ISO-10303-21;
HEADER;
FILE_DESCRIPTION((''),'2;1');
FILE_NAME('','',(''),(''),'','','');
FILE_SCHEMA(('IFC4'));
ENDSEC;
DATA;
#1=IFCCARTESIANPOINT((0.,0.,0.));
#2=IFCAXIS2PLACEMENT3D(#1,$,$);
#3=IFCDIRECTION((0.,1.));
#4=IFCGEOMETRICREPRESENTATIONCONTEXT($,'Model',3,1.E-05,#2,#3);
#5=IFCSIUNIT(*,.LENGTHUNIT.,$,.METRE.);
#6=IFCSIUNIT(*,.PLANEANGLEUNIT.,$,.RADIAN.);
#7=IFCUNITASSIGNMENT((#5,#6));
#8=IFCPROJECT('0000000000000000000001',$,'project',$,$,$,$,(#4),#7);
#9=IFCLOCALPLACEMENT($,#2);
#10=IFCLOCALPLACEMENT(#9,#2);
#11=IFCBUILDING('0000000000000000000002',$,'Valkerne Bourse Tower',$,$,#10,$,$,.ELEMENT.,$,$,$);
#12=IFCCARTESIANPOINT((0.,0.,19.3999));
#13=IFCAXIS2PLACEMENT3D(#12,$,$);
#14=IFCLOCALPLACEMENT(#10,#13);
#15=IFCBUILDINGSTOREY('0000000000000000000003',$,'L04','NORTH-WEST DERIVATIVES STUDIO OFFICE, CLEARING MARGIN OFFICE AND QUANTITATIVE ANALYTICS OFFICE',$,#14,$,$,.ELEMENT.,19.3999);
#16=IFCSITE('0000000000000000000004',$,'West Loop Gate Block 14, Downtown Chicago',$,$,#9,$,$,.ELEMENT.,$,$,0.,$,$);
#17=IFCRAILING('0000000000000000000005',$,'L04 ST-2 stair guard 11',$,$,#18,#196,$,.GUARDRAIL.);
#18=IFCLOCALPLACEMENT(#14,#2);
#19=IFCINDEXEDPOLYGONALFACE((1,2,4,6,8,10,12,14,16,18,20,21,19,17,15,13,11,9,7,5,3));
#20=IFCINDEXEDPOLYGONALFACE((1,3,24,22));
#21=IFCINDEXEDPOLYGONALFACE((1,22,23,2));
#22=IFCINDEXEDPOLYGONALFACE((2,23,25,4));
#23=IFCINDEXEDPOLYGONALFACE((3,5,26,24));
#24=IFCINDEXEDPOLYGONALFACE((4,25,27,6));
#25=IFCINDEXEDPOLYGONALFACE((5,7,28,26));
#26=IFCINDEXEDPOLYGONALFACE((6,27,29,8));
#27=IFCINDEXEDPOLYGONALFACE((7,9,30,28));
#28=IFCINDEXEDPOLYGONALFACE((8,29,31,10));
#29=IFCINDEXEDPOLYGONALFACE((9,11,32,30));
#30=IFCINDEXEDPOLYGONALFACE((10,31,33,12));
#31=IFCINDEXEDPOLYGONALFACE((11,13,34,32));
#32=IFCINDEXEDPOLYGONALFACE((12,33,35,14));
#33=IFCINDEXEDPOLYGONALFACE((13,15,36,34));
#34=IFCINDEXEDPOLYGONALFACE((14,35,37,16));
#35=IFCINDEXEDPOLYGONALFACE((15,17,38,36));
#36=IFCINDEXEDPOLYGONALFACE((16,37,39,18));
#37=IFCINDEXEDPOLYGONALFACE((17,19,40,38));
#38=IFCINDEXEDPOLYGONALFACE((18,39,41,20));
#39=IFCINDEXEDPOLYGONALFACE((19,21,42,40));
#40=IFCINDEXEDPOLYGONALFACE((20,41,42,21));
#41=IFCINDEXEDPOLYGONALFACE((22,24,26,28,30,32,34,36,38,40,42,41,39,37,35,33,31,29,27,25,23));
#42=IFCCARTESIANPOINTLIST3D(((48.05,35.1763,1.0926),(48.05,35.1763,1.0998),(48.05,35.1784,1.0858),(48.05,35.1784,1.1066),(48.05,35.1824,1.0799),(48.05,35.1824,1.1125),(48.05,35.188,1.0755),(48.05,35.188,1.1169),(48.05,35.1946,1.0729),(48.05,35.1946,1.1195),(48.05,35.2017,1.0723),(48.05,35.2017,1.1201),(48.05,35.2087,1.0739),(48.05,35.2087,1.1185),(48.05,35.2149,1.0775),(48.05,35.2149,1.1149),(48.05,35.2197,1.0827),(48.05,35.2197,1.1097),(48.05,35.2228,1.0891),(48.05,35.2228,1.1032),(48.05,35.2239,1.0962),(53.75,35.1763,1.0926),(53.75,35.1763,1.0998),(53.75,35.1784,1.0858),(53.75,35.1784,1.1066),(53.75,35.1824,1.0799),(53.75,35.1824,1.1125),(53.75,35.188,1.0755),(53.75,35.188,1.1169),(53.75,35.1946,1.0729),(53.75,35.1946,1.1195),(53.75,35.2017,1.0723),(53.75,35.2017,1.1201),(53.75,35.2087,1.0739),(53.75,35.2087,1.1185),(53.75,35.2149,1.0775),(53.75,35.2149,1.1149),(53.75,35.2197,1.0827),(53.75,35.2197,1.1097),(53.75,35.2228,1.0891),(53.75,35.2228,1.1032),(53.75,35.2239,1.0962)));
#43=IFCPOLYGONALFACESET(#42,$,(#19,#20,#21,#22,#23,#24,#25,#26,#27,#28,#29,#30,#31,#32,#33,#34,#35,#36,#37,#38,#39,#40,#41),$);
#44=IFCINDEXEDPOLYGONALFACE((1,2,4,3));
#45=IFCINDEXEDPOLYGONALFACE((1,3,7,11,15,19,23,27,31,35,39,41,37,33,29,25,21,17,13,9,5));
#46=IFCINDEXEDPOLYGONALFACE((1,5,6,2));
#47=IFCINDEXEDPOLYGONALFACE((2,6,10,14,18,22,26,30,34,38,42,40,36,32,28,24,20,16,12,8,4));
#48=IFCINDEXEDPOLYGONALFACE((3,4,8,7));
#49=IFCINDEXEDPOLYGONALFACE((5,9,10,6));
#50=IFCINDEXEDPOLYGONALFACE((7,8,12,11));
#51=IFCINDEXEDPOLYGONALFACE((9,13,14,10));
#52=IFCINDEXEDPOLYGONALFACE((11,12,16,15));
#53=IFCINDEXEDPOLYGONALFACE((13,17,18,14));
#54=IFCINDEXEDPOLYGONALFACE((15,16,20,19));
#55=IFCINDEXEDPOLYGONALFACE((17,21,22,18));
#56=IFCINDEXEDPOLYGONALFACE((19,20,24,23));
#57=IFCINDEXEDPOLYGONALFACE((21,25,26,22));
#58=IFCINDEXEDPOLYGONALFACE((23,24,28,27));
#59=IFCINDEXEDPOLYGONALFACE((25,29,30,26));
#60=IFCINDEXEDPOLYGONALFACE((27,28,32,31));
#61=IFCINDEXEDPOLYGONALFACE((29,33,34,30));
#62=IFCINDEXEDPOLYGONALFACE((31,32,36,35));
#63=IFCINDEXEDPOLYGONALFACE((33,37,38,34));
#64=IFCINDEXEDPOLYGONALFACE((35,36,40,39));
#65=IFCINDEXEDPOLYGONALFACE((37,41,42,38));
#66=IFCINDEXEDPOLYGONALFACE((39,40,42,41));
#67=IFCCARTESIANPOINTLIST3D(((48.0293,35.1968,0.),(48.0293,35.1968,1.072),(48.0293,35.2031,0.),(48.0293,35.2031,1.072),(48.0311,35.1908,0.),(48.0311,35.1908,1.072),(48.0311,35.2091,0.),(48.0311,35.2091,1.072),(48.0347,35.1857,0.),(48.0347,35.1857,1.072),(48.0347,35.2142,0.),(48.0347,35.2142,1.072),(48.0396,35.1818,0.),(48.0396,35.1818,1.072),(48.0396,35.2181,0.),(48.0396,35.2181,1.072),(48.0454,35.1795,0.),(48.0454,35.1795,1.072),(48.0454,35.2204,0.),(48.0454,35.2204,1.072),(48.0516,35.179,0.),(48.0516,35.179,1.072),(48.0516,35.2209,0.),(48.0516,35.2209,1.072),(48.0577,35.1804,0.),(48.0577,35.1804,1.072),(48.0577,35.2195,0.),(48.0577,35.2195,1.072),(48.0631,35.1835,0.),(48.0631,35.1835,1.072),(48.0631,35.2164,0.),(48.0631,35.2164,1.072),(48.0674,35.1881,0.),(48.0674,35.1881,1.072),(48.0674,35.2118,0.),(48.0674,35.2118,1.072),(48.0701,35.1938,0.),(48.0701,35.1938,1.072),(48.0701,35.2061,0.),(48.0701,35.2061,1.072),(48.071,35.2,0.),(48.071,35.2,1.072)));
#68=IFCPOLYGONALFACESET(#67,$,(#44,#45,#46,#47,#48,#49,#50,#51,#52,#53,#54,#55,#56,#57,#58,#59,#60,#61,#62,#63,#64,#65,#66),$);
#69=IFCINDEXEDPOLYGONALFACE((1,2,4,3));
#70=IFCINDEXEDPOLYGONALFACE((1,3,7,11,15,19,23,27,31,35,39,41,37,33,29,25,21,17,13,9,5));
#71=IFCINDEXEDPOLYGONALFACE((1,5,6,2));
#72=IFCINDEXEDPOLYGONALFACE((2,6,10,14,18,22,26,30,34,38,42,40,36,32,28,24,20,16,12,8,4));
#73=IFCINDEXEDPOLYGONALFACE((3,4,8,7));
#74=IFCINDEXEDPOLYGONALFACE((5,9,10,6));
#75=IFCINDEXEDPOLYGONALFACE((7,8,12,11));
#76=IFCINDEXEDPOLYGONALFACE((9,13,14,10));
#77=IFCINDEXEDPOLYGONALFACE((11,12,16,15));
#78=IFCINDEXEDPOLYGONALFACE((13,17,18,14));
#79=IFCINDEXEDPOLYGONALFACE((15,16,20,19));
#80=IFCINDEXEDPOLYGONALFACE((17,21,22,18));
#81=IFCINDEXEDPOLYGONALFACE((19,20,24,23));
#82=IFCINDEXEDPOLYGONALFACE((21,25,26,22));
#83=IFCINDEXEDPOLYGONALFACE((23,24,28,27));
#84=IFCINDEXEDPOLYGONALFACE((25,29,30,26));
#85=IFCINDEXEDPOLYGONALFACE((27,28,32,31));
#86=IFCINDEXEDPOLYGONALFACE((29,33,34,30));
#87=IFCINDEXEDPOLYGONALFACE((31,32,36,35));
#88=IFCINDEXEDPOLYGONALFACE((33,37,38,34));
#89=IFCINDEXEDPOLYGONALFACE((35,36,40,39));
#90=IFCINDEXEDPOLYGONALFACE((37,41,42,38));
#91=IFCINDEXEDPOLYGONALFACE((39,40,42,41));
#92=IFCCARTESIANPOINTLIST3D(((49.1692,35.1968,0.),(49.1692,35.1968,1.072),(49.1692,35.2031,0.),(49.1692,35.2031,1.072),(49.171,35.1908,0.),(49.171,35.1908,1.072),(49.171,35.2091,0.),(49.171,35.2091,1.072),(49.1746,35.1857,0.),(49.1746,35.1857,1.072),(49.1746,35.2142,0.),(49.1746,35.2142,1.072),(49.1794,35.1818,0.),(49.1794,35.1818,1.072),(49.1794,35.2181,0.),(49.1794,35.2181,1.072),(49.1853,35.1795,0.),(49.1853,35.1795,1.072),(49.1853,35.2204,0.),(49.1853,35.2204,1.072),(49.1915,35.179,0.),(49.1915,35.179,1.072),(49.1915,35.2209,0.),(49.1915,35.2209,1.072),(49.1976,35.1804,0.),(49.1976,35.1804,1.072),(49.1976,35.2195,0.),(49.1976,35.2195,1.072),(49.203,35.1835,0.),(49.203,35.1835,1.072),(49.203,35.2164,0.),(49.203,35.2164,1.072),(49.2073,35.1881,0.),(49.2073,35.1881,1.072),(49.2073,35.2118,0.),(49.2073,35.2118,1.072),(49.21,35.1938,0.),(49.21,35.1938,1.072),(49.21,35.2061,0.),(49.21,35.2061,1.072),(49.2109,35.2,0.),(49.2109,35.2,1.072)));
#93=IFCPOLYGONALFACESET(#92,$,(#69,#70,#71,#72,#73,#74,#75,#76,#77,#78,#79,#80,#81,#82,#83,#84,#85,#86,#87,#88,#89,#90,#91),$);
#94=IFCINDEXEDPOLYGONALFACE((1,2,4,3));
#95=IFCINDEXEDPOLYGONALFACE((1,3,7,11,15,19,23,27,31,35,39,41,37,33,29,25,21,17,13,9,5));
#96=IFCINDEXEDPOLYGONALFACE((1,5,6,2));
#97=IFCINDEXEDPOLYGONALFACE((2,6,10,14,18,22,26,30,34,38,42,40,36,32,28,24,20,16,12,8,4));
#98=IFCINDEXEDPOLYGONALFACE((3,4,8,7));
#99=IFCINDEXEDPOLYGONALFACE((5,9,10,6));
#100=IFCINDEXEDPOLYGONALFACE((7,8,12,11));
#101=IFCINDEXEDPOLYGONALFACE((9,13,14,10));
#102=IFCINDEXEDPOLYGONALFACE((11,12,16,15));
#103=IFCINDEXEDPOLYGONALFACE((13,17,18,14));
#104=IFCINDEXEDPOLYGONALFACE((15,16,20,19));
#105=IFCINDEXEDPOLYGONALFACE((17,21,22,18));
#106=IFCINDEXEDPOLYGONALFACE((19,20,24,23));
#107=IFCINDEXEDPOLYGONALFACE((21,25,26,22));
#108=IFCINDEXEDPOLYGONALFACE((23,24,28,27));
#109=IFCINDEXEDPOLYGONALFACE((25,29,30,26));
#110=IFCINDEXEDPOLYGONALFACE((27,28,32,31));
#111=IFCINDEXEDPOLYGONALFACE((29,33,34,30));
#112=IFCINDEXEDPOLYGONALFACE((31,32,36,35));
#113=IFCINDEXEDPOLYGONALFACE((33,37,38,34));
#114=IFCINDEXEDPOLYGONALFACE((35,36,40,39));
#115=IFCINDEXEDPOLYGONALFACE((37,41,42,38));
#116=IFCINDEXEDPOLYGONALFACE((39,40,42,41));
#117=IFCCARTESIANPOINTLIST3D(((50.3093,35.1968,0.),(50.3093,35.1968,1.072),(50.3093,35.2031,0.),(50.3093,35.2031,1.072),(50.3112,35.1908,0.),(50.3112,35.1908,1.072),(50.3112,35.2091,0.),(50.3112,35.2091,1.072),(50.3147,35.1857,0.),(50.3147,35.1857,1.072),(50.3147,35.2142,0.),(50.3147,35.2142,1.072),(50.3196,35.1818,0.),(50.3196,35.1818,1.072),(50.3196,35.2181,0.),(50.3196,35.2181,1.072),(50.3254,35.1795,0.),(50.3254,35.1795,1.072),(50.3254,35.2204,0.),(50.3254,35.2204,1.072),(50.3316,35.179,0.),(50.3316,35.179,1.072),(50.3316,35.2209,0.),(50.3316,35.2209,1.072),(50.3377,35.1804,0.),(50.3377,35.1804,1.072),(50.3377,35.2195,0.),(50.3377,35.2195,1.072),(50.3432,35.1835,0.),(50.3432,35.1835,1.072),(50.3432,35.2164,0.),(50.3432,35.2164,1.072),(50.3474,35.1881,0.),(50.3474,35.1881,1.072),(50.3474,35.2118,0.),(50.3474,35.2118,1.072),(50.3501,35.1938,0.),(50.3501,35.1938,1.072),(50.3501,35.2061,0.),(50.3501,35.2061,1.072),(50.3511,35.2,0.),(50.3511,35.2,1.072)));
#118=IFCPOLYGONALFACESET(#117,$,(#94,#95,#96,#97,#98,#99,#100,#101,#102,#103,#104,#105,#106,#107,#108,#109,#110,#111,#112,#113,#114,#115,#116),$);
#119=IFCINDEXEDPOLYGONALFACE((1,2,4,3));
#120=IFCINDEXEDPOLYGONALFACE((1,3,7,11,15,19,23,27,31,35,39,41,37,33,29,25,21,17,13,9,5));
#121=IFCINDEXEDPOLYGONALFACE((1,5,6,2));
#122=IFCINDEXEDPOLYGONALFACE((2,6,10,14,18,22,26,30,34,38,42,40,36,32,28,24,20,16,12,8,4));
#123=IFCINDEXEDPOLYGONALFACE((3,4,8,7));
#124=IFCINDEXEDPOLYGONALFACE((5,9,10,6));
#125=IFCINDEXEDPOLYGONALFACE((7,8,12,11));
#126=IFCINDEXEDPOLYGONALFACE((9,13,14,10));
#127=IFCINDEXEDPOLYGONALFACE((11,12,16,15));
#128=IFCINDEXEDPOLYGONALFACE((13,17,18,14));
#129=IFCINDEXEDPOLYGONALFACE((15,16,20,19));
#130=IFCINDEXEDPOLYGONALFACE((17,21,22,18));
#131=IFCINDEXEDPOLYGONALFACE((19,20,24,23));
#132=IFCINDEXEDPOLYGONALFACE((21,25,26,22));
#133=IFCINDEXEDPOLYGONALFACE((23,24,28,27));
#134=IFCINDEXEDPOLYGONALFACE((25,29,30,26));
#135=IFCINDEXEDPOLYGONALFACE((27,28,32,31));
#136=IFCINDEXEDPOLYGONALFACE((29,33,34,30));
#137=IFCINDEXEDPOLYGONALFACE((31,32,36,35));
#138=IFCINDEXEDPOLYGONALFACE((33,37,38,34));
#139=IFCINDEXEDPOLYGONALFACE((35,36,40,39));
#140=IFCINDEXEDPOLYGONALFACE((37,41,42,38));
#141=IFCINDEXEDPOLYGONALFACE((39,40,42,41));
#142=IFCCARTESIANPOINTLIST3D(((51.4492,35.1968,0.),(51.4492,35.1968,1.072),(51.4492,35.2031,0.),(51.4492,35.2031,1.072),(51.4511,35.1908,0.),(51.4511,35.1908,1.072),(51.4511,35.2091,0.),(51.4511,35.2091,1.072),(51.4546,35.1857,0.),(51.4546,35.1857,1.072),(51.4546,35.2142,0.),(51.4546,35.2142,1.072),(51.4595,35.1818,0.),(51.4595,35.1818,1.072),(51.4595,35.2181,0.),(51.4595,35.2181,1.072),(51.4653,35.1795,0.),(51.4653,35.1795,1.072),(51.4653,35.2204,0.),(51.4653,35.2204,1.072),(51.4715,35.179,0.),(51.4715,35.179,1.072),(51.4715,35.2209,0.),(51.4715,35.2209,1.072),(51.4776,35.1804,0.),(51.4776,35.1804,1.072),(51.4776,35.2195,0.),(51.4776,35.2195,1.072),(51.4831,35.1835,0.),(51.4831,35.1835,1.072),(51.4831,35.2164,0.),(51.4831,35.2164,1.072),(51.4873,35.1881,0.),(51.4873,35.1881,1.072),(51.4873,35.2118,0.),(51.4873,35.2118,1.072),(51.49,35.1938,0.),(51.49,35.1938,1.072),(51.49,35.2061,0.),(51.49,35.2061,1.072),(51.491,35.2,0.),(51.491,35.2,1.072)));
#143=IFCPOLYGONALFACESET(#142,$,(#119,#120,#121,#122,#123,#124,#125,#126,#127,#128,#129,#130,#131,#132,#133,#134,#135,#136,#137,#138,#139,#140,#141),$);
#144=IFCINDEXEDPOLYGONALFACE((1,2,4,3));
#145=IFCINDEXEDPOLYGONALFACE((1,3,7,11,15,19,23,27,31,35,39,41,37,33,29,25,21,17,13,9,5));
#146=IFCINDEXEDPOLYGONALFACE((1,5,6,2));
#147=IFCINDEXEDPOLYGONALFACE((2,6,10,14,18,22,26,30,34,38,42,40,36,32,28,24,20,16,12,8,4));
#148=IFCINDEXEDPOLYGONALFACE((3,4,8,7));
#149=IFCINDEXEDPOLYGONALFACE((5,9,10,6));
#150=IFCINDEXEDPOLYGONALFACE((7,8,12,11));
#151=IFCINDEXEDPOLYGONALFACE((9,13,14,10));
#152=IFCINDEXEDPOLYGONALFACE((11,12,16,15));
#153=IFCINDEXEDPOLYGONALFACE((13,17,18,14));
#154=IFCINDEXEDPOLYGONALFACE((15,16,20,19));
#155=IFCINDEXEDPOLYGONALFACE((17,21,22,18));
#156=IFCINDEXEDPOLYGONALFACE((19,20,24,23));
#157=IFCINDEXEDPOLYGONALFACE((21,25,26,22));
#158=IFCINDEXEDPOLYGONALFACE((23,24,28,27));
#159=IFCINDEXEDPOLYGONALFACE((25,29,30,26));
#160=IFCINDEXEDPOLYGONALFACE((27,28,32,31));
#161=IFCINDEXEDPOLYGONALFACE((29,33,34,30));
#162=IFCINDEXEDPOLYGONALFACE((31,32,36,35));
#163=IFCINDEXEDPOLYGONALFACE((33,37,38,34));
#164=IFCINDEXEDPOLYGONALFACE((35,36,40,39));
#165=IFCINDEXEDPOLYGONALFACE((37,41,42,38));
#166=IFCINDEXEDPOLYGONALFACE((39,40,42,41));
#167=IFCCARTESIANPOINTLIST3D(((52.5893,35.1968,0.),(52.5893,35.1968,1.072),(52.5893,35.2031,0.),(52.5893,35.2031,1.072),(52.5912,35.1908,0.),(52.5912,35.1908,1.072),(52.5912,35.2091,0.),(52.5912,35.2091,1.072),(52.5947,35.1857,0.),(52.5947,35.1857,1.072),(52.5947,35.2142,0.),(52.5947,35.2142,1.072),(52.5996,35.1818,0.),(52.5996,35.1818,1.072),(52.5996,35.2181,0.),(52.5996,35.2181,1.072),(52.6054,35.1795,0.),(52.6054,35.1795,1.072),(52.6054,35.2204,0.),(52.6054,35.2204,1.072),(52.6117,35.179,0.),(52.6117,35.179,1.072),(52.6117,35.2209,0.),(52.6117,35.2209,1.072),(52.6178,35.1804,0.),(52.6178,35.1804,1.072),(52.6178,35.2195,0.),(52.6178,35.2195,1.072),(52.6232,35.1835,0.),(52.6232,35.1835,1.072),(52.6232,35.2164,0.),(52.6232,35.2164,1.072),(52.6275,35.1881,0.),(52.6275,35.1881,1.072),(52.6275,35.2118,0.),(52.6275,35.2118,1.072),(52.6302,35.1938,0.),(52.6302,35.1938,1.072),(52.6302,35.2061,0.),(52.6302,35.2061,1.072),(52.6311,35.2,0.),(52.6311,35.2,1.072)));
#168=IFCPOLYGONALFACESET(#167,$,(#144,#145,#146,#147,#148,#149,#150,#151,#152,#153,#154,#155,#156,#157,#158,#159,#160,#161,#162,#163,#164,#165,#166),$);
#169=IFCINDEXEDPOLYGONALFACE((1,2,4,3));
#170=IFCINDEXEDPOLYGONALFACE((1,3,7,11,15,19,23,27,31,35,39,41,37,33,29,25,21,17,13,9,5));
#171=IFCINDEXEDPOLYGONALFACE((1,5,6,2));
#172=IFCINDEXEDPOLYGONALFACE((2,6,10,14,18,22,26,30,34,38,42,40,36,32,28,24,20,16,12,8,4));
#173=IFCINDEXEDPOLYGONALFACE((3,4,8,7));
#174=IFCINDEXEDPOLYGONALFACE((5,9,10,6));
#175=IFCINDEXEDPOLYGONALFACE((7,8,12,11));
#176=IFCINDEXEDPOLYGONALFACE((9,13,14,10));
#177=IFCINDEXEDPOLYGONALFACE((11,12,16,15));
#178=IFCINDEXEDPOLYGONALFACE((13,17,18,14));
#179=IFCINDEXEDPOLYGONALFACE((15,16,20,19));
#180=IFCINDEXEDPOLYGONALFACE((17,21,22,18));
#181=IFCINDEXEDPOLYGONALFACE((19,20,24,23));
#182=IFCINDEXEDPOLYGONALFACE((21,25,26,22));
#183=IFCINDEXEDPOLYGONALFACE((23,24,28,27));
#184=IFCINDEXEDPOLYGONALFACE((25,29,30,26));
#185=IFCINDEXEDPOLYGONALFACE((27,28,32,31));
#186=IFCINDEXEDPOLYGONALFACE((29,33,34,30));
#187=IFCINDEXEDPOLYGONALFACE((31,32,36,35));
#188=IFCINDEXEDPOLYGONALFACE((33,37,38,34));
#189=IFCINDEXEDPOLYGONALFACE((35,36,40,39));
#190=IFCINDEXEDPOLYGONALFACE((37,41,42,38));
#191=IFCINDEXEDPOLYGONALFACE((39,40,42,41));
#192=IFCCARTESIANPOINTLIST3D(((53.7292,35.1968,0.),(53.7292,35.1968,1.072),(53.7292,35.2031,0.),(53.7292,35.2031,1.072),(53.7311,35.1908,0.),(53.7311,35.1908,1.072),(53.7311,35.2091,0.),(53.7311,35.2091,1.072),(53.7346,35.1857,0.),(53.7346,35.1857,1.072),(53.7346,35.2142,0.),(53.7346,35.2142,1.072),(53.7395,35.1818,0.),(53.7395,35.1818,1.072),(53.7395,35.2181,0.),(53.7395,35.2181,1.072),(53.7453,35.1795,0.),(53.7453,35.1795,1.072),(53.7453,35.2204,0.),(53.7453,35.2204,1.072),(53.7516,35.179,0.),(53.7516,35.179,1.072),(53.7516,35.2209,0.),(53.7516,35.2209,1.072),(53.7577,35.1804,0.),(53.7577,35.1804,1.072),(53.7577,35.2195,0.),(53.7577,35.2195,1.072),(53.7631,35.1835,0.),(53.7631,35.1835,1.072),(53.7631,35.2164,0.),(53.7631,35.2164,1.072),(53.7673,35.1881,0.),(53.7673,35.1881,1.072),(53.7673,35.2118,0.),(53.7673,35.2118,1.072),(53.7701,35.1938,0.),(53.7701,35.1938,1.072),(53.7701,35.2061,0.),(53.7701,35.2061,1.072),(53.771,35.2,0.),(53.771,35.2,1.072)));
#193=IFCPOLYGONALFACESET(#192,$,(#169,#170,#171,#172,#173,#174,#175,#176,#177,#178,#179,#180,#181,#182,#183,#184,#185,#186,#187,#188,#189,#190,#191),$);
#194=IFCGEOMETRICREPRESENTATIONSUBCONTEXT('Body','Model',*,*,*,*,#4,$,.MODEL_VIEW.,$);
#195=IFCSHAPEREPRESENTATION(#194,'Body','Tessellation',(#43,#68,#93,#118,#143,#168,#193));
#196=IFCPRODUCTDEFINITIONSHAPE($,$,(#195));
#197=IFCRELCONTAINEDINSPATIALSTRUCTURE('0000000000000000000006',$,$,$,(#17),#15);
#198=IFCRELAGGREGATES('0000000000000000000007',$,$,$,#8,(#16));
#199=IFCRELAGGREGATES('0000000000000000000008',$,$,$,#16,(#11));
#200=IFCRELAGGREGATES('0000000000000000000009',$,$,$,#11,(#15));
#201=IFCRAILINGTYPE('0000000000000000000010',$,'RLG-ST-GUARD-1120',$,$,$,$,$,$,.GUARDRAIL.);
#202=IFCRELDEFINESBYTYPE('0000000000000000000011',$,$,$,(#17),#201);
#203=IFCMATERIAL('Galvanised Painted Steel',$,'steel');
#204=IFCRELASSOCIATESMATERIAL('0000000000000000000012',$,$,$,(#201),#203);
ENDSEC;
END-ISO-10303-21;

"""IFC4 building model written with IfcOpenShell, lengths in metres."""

from ifc_helpers import new_model, si_unit, direction, frame, origin, origin_2d, place, context, subcontext, project, spatial, circle, extrude, material, type_object, element, save


model = new_model("IFC4")

# Units and contexts
model_context = context("Model", 3, precision=1e-05, world=origin(), true_north=direction((0.0, 1.0)))
body_context = subcontext(model_context, "Body", "Model", "MODEL_VIEW")
ifc_project = project(units=[si_unit("LENGTHUNIT", "METRE"), si_unit("PLANEANGLEUNIT", "RADIAN")], contexts=[model_context])

# Site, building, storey
site_placement = place(None, origin())
site = spatial("IfcSite", under=ifc_project, at=site_placement, Name="West Loop Gate Block 14, Downtown Chicago", CompositionType="ELEMENT", RefElevation=0.0)
building_placement = place(site_placement, origin())
building = spatial("IfcBuilding", under=site, at=building_placement, Name="Valkerne Bourse Tower", CompositionType="ELEMENT")
storey_placement = place(building_placement, frame((0.0, 0.0, 19.3999)))
storey = spatial("IfcBuildingStorey", under=building, at=storey_placement, Name="L04", Description="NORTH-WEST DERIVATIVES STUDIO OFFICE, CLEARING MARGIN OFFICE AND QUANTITATIVE ANALYTICS OFFICE", CompositionType="ELEMENT", Elevation=19.3999)

# Shared definitions
ifc_material_1 = material(Name="Galvanised Painted Steel", Category="steel")

# Railing
railing_type_1 = type_object("IfcRailingType", Name="RLG-ST-GUARD-1120", PredefinedType="GUARDRAIL", material=ifc_material_1)
railing_1_placement = place(storey_placement, frame((48.05, 35.2, 0.0)))
element("IfcRailing", 1, at=railing_1_placement, inside=storey, type_object=railing_type_1, Name="L04 ST-2 stair guard 11", PredefinedType="GUARDRAIL", context=body_context, shape_type="SweptSolid", body=[
    extrude(circle(Radius=0.0239, at=origin_2d()), frame((0.0, 0.0, 1.0962), z_axis=(1.0, 0.0, 0.0), x_axis=(0.0, 1.0, 0.0)), (0.0, 0.0, 1.0), 5.7),
    extrude(circle(Radius=0.021, at=origin_2d()), origin(), (0.0, 0.0, 1.0), 1.072),
    extrude(circle(Radius=0.021, at=origin_2d()), frame((1.1399, 0.0, 0.0)), (0.0, 0.0, 1.0), 1.072),
    extrude(circle(Radius=0.021, at=origin_2d()), frame((2.28, 0.0, 0.0)), (0.0, 0.0, 1.0), 1.072),
    extrude(circle(Radius=0.021, at=origin_2d()), frame((3.4199, 0.0, 0.0)), (0.0, 0.0, 1.0), 1.072),
    extrude(circle(Radius=0.021, at=origin_2d()), frame((4.5601, 0.0, 0.0)), (0.0, 0.0, 1.0), 1.072),
    extrude(circle(Radius=0.021, at=origin_2d()), frame((5.7, 0.0, 0.0)), (0.0, 0.0, 1.0), 1.072),
])

save(model, "model.ifc")
